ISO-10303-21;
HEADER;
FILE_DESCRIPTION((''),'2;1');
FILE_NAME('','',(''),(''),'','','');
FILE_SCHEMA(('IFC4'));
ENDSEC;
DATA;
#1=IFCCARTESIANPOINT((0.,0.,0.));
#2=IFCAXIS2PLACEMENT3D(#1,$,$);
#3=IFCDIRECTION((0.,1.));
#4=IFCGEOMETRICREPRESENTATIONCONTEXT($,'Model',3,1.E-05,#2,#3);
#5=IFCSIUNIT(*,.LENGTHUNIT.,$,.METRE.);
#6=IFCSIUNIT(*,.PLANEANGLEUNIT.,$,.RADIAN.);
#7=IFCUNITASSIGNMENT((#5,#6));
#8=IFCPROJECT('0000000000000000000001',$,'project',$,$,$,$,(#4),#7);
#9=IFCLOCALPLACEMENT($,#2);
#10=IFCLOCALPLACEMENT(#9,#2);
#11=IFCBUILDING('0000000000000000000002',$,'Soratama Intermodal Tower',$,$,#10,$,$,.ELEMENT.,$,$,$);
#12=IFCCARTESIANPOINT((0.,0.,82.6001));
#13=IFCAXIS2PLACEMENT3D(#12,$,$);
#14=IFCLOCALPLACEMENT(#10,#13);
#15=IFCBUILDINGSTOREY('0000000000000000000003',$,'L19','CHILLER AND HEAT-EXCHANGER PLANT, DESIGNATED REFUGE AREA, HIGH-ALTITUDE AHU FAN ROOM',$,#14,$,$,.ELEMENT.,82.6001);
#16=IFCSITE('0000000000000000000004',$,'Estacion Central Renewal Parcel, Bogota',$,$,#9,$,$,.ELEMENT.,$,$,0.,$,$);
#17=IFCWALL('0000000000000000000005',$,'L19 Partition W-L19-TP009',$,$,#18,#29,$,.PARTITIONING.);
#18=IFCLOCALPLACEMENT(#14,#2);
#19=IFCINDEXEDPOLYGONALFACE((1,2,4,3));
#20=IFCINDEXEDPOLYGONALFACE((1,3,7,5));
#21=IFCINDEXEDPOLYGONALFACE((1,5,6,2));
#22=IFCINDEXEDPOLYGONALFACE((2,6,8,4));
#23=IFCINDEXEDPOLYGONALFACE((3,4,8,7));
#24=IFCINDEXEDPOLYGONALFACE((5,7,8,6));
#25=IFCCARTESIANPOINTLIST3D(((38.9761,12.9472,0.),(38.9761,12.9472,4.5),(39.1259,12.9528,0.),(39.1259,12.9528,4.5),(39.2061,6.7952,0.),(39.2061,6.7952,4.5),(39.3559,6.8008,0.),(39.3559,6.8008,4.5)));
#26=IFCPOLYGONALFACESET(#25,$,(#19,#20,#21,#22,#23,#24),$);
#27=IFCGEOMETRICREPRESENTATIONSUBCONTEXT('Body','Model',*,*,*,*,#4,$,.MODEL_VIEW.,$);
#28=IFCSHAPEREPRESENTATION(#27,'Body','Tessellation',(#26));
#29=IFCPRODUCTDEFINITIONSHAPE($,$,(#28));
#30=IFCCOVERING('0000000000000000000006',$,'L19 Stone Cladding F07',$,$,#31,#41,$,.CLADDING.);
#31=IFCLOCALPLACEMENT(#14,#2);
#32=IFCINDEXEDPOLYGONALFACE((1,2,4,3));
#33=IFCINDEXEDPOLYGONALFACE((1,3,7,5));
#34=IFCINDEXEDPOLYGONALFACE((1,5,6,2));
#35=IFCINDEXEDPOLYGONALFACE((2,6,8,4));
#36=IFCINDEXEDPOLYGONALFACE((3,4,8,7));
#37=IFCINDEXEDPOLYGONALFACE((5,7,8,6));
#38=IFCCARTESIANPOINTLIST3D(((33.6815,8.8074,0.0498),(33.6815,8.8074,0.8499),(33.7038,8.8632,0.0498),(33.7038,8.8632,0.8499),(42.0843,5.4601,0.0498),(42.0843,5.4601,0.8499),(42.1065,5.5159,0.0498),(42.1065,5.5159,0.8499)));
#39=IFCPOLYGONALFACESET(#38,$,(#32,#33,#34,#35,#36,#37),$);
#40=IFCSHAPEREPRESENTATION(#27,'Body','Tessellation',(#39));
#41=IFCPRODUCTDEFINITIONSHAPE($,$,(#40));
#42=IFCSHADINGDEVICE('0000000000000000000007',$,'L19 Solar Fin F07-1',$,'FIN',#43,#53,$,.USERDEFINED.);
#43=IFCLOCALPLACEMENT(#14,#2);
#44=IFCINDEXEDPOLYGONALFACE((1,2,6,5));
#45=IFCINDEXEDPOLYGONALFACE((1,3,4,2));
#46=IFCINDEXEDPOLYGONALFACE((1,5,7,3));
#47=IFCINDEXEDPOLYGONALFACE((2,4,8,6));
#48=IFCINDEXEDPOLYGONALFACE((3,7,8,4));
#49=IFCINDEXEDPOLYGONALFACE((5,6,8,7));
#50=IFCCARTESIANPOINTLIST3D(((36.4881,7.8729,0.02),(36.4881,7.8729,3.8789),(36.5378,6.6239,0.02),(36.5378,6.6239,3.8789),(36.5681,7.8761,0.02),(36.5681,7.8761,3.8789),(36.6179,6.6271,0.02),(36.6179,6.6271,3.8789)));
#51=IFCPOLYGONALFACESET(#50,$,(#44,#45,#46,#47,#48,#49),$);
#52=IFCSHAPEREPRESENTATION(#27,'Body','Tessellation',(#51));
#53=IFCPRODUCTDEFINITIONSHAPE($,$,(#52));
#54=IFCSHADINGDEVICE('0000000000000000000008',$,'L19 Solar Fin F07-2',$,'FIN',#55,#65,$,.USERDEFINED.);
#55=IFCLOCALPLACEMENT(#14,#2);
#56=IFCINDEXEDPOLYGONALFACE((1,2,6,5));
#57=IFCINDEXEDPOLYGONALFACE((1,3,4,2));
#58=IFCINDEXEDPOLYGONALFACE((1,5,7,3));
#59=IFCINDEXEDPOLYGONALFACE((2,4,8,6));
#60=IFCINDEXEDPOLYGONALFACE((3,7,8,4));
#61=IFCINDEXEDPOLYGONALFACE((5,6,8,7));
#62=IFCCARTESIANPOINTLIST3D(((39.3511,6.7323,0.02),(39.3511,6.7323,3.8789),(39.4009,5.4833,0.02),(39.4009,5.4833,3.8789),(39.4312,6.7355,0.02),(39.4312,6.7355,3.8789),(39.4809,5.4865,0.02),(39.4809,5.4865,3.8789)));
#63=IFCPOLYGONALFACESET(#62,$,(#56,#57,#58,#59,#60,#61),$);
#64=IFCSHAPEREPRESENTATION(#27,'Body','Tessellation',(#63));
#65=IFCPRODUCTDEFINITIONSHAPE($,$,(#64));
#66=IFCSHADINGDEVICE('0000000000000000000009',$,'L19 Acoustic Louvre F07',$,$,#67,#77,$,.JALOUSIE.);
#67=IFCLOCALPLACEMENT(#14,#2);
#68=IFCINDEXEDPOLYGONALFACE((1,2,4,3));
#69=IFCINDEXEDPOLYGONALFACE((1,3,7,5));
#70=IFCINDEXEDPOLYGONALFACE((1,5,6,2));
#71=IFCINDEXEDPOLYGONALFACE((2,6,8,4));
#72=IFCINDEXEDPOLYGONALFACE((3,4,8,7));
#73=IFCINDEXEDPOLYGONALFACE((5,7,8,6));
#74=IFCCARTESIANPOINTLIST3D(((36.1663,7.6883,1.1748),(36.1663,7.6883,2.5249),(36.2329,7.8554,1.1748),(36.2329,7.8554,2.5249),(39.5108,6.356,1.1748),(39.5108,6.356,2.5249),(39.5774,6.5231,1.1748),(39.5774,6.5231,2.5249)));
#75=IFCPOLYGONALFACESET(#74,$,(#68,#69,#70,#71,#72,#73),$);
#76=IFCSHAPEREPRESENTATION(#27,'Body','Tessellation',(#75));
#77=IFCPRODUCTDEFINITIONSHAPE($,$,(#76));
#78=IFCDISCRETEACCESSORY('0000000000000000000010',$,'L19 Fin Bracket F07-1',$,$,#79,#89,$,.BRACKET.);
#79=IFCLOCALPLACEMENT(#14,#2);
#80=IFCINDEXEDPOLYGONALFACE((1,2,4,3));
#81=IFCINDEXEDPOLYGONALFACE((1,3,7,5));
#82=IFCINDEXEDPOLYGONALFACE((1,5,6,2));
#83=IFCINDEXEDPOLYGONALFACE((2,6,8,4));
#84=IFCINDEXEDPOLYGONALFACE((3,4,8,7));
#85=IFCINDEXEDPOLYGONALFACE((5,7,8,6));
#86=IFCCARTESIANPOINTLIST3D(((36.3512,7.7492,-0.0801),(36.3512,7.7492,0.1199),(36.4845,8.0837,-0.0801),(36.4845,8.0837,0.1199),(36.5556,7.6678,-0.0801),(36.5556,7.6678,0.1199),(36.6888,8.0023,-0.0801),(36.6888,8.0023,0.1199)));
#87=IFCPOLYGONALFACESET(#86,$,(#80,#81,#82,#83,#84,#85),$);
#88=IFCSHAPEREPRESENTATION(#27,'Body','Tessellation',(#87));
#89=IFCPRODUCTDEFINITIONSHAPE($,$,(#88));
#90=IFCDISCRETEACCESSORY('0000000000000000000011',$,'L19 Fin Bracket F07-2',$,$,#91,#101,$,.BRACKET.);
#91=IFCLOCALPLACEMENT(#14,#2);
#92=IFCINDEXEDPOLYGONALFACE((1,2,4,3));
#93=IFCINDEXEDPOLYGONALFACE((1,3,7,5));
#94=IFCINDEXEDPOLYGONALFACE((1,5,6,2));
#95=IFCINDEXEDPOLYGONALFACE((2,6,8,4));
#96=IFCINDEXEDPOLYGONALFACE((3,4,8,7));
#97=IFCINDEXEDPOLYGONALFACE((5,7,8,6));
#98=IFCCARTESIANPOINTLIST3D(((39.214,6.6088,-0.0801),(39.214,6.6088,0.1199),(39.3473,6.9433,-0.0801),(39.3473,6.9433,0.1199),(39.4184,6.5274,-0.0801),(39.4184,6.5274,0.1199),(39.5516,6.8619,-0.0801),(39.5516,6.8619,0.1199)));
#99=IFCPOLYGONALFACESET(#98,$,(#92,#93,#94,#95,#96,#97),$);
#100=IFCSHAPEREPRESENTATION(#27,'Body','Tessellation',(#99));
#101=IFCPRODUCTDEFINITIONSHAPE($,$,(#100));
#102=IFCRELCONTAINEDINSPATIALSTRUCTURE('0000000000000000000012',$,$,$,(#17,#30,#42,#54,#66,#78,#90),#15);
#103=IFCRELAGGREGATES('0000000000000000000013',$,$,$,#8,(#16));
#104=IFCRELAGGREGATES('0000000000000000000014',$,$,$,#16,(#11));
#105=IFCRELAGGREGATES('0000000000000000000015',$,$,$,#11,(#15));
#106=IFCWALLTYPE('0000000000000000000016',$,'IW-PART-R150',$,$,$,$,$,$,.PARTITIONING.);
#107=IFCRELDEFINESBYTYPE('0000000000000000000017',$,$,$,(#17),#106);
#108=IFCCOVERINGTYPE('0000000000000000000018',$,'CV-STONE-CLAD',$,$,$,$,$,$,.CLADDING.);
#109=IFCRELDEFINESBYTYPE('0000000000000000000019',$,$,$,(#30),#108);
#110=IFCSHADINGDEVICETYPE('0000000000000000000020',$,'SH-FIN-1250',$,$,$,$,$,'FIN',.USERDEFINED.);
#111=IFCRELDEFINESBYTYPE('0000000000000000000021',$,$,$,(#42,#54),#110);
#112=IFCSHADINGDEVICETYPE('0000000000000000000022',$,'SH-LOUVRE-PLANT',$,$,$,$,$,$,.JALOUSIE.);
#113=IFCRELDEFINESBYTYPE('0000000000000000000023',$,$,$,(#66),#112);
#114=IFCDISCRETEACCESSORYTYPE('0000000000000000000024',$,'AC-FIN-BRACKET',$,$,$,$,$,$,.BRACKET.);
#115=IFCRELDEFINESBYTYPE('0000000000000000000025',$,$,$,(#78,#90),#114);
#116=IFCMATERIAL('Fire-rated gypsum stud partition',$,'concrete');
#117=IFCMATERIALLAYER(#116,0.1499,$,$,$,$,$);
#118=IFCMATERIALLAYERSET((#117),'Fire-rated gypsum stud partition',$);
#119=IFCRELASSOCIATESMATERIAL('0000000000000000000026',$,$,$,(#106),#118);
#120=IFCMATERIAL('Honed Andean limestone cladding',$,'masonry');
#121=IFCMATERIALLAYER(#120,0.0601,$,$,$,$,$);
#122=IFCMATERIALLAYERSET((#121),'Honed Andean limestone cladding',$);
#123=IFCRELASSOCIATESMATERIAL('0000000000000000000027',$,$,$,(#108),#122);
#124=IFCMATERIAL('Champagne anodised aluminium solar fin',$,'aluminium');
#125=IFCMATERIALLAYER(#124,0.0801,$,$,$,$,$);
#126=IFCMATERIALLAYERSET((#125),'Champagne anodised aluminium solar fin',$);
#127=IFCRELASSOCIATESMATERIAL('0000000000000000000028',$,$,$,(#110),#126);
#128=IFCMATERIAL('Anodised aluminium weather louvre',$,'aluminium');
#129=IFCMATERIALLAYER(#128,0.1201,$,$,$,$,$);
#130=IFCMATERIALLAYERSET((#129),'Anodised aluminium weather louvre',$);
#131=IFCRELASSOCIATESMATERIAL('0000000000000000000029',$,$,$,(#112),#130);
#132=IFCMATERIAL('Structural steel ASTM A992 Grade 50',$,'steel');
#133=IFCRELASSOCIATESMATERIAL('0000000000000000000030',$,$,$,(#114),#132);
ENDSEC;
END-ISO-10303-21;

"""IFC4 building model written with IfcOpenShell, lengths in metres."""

from ifc_helpers import new_model, si_unit, direction, frame, frame_2d, origin, origin_2d, place, context, subcontext, project, spatial, rectangle, extrude, material, layer, layer_set, type_object, element, save


model = new_model("IFC4")

# Units and contexts
model_context = context("Model", 3, precision=1e-05, world=origin(), true_north=direction((0.0, 1.0)))
body_context = subcontext(model_context, "Body", "Model", "MODEL_VIEW")
ifc_project = project(units=[si_unit("LENGTHUNIT", "METRE"), si_unit("PLANEANGLEUNIT", "RADIAN")], contexts=[model_context])

# Site, building, storey
site_placement = place(None, origin())
site = spatial("IfcSite", under=ifc_project, at=site_placement, Name="Estacion Central Renewal Parcel, Bogota", CompositionType="ELEMENT", RefElevation=0.0)
building_placement = place(site_placement, origin())
building = spatial("IfcBuilding", under=site, at=building_placement, Name="Soratama Intermodal Tower", CompositionType="ELEMENT")
storey_placement = place(building_placement, frame((0.0, 0.0, 82.6001)))
storey = spatial("IfcBuildingStorey", under=building, at=storey_placement, Name="L19", Description="CHILLER AND HEAT-EXCHANGER PLANT, DESIGNATED REFUGE AREA, HIGH-ALTITUDE AHU FAN ROOM", CompositionType="ELEMENT", Elevation=82.6001)

# Shared definitions
ifc_material_1 = material(Name="Fire-rated gypsum stud partition", Category="concrete")
ifc_layer_1 = layer(ifc_material_1, 0.1499)
ifc_layer_set_1 = layer_set([ifc_layer_1], Name="Fire-rated gypsum stud partition")
wall_type_1 = type_object("IfcWallType", Name="IW-PART-R150", PredefinedType="PARTITIONING", material=ifc_layer_set_1)

# Wall
wall_1_placement = place(storey_placement, frame((39.051, 12.95, 0.0), z_axis=(0.0, 0.0, 1.0), x_axis=(0.037358, -0.999302, 0.0)))
element("IfcWall", 1, at=wall_1_placement, inside=storey, type_object=wall_type_1, Name="L19 Partition W-L19-TP009", PredefinedType="PARTITIONING", context=body_context, shape_type="SweptSolid", body=[
    extrude(rectangle(XDim=6.1562, YDim=0.1499, at=frame_2d((3.0781, 0.0))), origin(), (0.0, 0.0, 1.0), 4.5),
])

# Covering
ifc_material_2 = material(Name="Honed Andean limestone cladding", Category="masonry")
ifc_layer_2 = layer(ifc_material_2, 0.0601)
ifc_layer_set_2 = layer_set([ifc_layer_2], Name="Honed Andean limestone cladding")
covering_type = type_object("IfcCoveringType", Name="CV-STONE-CLAD", PredefinedType="CLADDING", material=ifc_layer_set_2)
covering_placement = place(storey_placement, frame((37.894, 7.1616, 0.0498), z_axis=(0.0, 0.0, 1.0), x_axis=(0.929003, -0.370071, 0.0)))
element("IfcCovering", 2, at=covering_placement, inside=storey, type_object=covering_type, Name="L19 Stone Cladding F07", PredefinedType="CLADDING", context=body_context, shape_type="SweptSolid", body=[
    extrude(rectangle(XDim=9.0449, YDim=0.0601, at=origin_2d()), origin(), (0.0, 0.0, 1.0), 0.8),
])

# Shading devices
ifc_material_3 = material(Name="Champagne anodised aluminium solar fin", Category="aluminium")
ifc_layer_3 = layer(ifc_material_3, 0.0801)
ifc_layer_set_3 = layer_set([ifc_layer_3], Name="Champagne anodised aluminium solar fin")
shading_device_type_1 = type_object("IfcShadingDeviceType", Name="SH-FIN-1250", ElementType="FIN", PredefinedType="USERDEFINED", material=ifc_layer_set_3)
for number, where, z_axis, x_axis, name in (
    (3, (36.553, 7.25, 0.02), (0.0, 0.0, 1.0), (0.039783, -0.999208, 0.0), "L19 Solar Fin F07-1"),
    (4, (39.416, 6.1094, 0.02), (0.0, 0.0, 1.0), (0.039783, -0.999208, 0.0), "L19 Solar Fin F07-2"),
):
    element("IfcShadingDevice", number, at=place(storey_placement, frame(where, z_axis=z_axis, x_axis=x_axis)), inside=storey, type_object=shading_device_type_1, Name=name, ObjectType="FIN", PredefinedType="USERDEFINED", context=body_context, shape_type="SweptSolid", body=[
        extrude(rectangle(XDim=1.25, YDim=0.0801, at=origin_2d()), origin(), (0.0, 0.0, 1.0), 3.8589),
    ])
ifc_material_4 = material(Name="Anodised aluminium weather louvre", Category="aluminium")
ifc_layer_4 = layer(ifc_material_4, 0.1201)
ifc_layer_set_4 = layer_set([ifc_layer_4], Name="Anodised aluminium weather louvre")
shading_device_type_2 = type_object("IfcShadingDeviceType", Name="SH-LOUVRE-PLANT", PredefinedType="JALOUSIE", material=ifc_layer_set_4)
shading_device_placement = place(storey_placement, frame((37.8718, 7.1057, 1.1748), z_axis=(0.0, 0.0, 1.0), x_axis=(0.929003, -0.370071, 0.0)))
element("IfcShadingDevice", 5, at=shading_device_placement, inside=storey, type_object=shading_device_type_2, Name="L19 Acoustic Louvre F07", PredefinedType="JALOUSIE", context=body_context, shape_type="SweptSolid", body=[
    extrude(rectangle(XDim=3.6001, YDim=0.1799, at=origin_2d()), origin(), (0.0, 0.0, 1.0), 1.3501),
])

# Discrete accessories
ifc_material_5 = material(Name="Structural steel ASTM A992 Grade 50", Category="steel")
discrete_accessory_type = type_object("IfcDiscreteAccessoryType", Name="AC-FIN-BRACKET", PredefinedType="BRACKET", material=ifc_material_5)
for number, where, z_axis, x_axis, name in (
    (6, (36.52, 7.8757, -0.0801), (0.0, 0.0, 1.0), (-0.370071, -0.929003, 0.0), "L19 Fin Bracket F07-1"),
    (7, (39.3828, 6.7354, -0.0801), (0.0, 0.0, 1.0), (-0.370071, -0.929003, 0.0), "L19 Fin Bracket F07-2"),
):
    element("IfcDiscreteAccessory", number, at=place(storey_placement, frame(where, z_axis=z_axis, x_axis=x_axis)), inside=storey, type_object=discrete_accessory_type, Name=name, PredefinedType="BRACKET", context=body_context, shape_type="SweptSolid", body=[
        extrude(rectangle(XDim=0.3601, YDim=0.22, at=origin_2d()), origin(), (0.0, 0.0, 1.0), 0.2),
    ])

save(model, "model.ifc")
